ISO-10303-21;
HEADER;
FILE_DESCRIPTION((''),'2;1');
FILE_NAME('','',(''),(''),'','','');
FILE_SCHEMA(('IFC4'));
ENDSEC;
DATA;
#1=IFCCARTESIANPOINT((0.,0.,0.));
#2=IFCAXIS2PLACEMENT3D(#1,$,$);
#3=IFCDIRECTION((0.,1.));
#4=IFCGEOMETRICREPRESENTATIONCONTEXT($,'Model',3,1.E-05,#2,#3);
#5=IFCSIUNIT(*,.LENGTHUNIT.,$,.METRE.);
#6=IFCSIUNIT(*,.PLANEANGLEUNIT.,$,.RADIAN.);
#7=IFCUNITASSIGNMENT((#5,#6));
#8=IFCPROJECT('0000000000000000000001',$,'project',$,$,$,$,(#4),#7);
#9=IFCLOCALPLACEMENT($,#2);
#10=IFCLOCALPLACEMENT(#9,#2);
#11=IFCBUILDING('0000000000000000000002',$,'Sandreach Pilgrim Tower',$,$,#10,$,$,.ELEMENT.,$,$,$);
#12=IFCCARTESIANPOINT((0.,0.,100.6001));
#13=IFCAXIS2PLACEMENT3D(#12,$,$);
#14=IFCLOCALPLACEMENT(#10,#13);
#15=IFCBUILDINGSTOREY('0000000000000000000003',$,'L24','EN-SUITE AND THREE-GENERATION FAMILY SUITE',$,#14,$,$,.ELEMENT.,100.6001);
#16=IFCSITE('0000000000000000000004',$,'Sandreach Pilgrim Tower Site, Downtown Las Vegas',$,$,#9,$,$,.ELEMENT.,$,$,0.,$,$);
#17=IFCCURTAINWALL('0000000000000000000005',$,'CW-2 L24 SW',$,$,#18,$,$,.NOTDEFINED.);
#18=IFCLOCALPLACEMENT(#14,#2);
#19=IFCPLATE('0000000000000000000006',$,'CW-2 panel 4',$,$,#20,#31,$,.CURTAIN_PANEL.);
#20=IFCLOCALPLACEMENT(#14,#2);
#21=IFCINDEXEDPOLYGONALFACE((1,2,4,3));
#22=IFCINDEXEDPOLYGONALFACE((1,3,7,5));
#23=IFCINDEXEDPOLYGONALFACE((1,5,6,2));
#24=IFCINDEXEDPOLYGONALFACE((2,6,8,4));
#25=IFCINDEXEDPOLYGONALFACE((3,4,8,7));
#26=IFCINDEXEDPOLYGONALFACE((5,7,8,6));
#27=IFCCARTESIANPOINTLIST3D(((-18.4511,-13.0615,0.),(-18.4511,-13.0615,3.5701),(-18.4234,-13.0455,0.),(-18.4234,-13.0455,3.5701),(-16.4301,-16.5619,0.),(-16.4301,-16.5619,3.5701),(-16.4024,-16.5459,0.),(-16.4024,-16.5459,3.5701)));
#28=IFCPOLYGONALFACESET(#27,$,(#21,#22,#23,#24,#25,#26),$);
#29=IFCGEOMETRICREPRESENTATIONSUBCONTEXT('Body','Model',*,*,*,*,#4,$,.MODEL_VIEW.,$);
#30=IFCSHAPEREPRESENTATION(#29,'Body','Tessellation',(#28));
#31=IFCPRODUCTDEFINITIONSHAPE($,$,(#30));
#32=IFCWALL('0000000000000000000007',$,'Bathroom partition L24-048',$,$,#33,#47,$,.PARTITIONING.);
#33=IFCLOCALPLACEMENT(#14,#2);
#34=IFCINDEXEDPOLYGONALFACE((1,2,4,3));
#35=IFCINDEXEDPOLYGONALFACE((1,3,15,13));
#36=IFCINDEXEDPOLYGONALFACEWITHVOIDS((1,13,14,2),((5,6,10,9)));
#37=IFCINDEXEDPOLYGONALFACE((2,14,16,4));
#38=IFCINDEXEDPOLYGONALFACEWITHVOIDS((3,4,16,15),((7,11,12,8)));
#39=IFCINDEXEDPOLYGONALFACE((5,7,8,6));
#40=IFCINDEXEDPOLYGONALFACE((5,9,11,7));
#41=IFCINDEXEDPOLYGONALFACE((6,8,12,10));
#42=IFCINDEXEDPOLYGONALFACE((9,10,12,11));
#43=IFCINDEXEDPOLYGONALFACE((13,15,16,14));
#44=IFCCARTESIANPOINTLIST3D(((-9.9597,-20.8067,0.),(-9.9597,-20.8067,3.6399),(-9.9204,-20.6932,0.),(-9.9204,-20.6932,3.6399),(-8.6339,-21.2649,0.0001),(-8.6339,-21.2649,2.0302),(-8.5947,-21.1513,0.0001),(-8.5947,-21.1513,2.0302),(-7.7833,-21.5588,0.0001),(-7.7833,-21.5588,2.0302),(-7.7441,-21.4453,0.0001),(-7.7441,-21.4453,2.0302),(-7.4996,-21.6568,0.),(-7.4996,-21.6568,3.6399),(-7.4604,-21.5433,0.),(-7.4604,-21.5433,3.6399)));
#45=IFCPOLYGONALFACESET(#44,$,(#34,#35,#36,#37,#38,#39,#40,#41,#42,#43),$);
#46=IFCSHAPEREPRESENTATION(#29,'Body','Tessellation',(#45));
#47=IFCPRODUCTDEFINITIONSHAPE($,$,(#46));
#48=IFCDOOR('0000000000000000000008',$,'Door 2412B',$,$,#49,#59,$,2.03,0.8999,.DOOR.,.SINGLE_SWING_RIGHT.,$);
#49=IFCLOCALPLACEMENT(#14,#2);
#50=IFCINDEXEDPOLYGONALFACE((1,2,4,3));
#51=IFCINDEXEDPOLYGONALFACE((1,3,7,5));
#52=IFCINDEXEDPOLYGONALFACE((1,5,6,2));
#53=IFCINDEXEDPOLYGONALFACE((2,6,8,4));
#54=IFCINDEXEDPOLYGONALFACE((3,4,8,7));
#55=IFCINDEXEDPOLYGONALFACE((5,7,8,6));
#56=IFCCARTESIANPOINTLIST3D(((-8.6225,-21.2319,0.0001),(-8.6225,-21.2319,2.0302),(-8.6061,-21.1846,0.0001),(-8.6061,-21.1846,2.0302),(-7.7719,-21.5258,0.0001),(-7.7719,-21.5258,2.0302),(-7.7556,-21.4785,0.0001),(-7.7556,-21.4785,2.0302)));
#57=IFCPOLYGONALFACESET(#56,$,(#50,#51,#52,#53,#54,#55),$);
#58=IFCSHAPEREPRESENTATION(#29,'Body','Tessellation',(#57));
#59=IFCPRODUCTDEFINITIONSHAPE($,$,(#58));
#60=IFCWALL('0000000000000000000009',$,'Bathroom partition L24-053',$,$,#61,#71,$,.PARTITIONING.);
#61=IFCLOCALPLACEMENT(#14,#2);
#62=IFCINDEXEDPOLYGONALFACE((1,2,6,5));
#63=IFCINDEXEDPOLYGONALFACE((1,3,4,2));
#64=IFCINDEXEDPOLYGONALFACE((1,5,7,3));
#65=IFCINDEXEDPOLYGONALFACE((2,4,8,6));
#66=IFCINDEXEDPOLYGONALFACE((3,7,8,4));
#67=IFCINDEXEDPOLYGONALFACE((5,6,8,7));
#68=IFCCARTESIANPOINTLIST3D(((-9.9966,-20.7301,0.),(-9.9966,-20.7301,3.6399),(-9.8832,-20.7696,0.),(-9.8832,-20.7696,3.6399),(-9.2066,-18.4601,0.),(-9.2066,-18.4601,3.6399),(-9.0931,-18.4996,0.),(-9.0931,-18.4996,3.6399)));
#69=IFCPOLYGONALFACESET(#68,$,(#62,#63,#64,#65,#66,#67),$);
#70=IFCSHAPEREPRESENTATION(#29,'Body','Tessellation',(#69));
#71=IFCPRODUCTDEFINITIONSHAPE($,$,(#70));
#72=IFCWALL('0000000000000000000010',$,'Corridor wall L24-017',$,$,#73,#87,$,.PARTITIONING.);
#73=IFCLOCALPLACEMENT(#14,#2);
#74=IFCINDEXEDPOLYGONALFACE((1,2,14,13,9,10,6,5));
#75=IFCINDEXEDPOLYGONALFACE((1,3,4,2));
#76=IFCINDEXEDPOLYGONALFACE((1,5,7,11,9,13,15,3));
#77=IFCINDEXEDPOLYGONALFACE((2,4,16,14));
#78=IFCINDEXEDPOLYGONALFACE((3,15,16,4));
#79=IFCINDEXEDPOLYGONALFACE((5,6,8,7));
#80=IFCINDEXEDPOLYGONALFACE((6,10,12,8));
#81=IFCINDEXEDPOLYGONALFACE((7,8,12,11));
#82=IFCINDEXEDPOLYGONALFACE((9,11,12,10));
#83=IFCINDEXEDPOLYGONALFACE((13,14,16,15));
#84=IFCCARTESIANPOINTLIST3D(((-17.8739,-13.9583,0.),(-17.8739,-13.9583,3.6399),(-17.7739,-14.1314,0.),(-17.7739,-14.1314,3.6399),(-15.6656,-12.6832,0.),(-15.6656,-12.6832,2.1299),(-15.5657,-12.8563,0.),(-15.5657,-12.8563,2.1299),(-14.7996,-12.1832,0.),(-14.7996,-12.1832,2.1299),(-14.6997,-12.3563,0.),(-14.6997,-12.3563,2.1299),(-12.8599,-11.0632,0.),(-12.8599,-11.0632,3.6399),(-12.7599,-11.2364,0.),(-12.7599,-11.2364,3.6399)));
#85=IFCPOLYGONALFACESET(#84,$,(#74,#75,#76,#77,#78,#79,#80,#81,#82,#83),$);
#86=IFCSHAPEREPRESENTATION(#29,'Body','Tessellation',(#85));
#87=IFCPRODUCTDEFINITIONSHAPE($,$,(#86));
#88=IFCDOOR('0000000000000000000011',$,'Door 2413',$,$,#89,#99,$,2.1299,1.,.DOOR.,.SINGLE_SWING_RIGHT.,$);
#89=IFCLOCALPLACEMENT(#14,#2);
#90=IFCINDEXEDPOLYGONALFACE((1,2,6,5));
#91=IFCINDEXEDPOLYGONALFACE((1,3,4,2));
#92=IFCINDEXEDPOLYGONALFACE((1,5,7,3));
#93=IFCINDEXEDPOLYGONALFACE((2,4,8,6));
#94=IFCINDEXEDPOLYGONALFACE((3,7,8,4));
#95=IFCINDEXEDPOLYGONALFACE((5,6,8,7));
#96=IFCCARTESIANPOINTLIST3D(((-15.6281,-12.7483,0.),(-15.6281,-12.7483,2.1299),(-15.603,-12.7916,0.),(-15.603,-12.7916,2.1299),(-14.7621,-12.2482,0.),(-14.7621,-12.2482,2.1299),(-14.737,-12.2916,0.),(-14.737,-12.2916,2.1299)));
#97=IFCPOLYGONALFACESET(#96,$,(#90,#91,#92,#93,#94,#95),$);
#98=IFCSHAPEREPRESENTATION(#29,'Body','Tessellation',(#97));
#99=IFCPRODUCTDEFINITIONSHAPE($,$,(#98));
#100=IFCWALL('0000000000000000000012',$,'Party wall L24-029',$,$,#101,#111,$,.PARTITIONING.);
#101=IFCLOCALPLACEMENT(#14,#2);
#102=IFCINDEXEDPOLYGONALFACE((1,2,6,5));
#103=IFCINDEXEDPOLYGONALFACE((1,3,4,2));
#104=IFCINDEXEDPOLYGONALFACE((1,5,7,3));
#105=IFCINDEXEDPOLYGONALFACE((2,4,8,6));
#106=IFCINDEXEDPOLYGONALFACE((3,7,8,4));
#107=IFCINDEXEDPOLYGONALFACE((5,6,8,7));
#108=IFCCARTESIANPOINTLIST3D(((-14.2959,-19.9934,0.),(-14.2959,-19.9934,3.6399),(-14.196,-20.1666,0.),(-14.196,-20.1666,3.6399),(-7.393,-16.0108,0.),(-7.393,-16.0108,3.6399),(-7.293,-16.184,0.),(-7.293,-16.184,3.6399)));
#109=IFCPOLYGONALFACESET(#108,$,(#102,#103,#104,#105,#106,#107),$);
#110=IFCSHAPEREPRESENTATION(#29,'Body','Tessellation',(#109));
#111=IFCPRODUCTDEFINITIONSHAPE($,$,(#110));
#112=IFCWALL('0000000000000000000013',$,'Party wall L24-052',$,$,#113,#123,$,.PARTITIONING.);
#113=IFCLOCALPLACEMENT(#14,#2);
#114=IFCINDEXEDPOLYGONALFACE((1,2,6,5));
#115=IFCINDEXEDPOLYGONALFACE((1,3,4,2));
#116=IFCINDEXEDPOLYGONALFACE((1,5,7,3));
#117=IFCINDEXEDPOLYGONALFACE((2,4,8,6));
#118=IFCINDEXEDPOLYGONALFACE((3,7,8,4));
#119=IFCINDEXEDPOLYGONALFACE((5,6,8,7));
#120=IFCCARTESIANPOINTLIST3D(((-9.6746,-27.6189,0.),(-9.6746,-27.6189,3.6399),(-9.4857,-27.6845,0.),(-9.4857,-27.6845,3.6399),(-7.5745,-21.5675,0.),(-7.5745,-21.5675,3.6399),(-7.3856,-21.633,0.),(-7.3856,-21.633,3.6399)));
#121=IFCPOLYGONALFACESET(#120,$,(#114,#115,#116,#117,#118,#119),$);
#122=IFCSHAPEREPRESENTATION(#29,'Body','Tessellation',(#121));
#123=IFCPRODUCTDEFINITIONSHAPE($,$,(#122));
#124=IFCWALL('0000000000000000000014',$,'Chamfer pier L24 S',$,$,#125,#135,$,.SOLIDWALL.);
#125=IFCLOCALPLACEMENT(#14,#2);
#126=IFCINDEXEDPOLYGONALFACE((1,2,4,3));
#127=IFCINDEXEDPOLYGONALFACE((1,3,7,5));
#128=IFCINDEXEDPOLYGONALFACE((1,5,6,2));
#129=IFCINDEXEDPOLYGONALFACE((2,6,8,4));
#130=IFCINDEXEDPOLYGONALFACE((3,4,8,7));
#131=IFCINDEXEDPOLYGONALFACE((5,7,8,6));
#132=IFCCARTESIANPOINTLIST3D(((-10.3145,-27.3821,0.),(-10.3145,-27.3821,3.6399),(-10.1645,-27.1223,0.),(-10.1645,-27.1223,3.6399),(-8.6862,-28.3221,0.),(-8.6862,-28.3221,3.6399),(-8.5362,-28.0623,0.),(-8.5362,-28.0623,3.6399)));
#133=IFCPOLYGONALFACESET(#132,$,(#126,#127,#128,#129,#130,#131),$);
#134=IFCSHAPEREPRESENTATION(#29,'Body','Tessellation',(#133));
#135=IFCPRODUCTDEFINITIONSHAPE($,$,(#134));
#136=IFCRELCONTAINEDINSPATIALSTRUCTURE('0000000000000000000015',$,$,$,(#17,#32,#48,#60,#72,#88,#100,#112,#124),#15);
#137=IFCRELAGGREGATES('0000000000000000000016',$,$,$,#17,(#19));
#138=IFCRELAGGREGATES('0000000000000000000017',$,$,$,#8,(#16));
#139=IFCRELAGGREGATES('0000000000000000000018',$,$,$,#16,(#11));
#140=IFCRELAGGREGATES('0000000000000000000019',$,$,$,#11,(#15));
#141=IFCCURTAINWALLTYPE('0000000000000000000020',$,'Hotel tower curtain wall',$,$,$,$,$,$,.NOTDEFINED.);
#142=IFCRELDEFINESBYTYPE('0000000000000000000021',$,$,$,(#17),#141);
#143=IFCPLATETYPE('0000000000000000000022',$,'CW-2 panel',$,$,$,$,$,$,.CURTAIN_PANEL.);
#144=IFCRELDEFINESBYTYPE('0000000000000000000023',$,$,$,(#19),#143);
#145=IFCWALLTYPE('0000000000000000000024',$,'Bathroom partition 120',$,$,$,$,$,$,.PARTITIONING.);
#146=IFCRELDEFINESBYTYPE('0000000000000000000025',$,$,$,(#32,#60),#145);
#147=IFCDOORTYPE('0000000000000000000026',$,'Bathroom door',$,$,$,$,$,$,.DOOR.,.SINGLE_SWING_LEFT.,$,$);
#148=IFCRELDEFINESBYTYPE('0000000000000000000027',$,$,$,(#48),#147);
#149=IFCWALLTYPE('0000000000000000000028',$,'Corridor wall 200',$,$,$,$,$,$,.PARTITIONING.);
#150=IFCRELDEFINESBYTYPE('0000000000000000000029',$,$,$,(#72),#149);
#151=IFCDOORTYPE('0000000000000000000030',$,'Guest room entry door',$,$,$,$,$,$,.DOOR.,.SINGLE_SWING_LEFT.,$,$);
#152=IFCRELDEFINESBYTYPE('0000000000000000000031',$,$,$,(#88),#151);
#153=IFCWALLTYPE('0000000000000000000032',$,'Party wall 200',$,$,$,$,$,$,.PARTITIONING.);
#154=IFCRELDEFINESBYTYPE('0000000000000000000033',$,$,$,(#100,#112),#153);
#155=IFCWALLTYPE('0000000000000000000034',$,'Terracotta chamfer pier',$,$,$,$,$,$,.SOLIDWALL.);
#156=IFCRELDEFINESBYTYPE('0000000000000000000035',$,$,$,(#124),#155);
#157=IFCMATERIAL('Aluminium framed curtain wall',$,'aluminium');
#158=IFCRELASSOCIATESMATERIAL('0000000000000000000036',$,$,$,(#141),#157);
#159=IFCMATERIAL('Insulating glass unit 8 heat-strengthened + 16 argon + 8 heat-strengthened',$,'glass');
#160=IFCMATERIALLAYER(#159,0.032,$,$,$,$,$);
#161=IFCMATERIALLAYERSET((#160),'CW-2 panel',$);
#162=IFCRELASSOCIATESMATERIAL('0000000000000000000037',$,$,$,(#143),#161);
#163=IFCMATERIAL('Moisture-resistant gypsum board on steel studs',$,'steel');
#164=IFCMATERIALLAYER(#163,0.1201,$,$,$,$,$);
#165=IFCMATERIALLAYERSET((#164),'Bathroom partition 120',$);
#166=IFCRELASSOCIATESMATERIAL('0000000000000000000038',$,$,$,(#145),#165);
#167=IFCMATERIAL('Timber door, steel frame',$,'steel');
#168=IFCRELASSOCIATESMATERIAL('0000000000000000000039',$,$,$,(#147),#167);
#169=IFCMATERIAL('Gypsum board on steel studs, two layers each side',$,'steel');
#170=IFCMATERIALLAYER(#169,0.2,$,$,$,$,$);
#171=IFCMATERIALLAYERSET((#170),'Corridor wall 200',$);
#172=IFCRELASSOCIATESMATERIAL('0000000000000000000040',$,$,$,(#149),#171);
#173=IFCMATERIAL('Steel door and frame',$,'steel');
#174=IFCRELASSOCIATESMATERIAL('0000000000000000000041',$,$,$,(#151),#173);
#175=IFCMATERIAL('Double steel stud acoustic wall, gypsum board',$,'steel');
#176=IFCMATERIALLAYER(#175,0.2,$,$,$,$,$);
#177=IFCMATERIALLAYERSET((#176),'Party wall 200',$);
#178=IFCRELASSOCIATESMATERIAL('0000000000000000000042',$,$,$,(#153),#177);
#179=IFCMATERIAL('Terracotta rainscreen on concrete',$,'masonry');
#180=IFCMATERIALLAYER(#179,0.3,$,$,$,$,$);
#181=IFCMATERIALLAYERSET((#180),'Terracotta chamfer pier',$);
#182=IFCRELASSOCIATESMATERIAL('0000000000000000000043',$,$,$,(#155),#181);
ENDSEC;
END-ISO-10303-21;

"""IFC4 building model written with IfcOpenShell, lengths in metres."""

from ifc_helpers import new_model, si_unit, direction, frame, frame_2d, origin, origin_2d, place, context, subcontext, project, spatial, rectangle, extrude, material, layer, layer_set, type_object, element, fill, aggregate, save


model = new_model("IFC4")

# Units and contexts
model_context = context("Model", 3, precision=1e-05, world=origin(), true_north=direction((0.0, 1.0)))
body_context = subcontext(model_context, "Body", "Model", "MODEL_VIEW")
ifc_project = project(units=[si_unit("LENGTHUNIT", "METRE"), si_unit("PLANEANGLEUNIT", "RADIAN")], contexts=[model_context])

# Site, building, storey
site_placement = place(None, origin())
site = spatial("IfcSite", under=ifc_project, at=site_placement, Name="Sandreach Pilgrim Tower Site, Downtown Las Vegas", CompositionType="ELEMENT", RefElevation=0.0)
building_placement = place(site_placement, origin())
building = spatial("IfcBuilding", under=site, at=building_placement, Name="Sandreach Pilgrim Tower", CompositionType="ELEMENT")
storey_placement = place(building_placement, frame((0.0, 0.0, 100.6001)))
storey = spatial("IfcBuildingStorey", under=building, at=storey_placement, Name="L24", Description="EN-SUITE AND THREE-GENERATION FAMILY SUITE", CompositionType="ELEMENT", Elevation=100.6001)

# Curtain wall
ifc_material_1 = material(Name="Aluminium framed curtain wall", Category="aluminium")
curtain_wall_type = type_object("IfcCurtainWallType", Name="Hotel tower curtain wall", PredefinedType="NOTDEFINED", material=ifc_material_1)
curtain_wall_placement = place(storey_placement, origin())
curtain_wall = element("IfcCurtainWall", 1, at=curtain_wall_placement, inside=storey, type_object=curtain_wall_type, Name="CW-2 L24 SW", PredefinedType="NOTDEFINED")

# Plate
ifc_material_2 = material(Name="Insulating glass unit 8 heat-strengthened + 16 argon + 8 heat-strengthened", Category="glass")
ifc_layer_1 = layer(ifc_material_2, 0.032)
ifc_layer_set_1 = layer_set([ifc_layer_1], Name="CW-2 panel")
plate_type = type_object("IfcPlateType", Name="CW-2 panel", PredefinedType="CURTAIN_PANEL", material=ifc_layer_set_1)
plate_1_placement = place(storey_placement, frame((-17.4268, -14.8037, 0.0), z_axis=(0.0, 0.0, 1.0), x_axis=(-0.5, 0.866025, 0.0)))
plate_1 = element("IfcPlate", 2, at=plate_1_placement, type_object=plate_type, Name="CW-2 panel 4", PredefinedType="CURTAIN_PANEL", context=body_context, shape_type="SweptSolid", body=[
    extrude(rectangle(XDim=4.042, YDim=0.032, at=origin_2d()), origin(), (0.0, 0.0, 1.0), 3.5701),
])
aggregate(curtain_wall, [plate_1])

# Wall, opening, door
ifc_material_3 = material(Name="Moisture-resistant gypsum board on steel studs", Category="steel")
ifc_layer_2 = layer(ifc_material_3, 0.1201)
ifc_layer_set_2 = layer_set([ifc_layer_2], Name="Bathroom partition 120")
wall_type_1 = type_object("IfcWallType", Name="Bathroom partition 120", PredefinedType="PARTITIONING", material=ifc_layer_set_2)
wall_1_placement = place(storey_placement, frame((-9.9399, -20.75, 0.0), z_axis=(0.0, 0.0, 1.0), x_axis=(0.945155, -0.326621, 0.0)))
wall_1 = element("IfcWall", 3, at=wall_1_placement, inside=storey, type_object=wall_type_1, Name="Bathroom partition L24-048", PredefinedType="PARTITIONING", context=body_context, shape_type="SweptSolid", body=[
    extrude(rectangle(XDim=2.6028, YDim=0.1201, at=frame_2d((1.3013, 0.0))), origin(), (0.0, 0.0, 1.0), 3.6399),
])
opening_1_placement = place(wall_1_placement, frame((1.4026, 0.0, 0.0)))
opening_1 = element("IfcOpeningElement", 4, at=opening_1_placement, cuts=wall_1, PredefinedType="OPENING", context=body_context, shape_type="SweptSolid", body=[
    extrude(rectangle(XDim=0.8999, YDim=2.03, at=frame_2d((0.45, 1.0151))), frame((0.0, 0.0601, 0.0), z_axis=(0.0, -1.0, 0.0), x_axis=(1.0, 0.0, 0.0)), (0.0, 0.0, 1.0), 0.1201),
])
ifc_material_4 = material(Name="Timber door, steel frame", Category="steel")
door_type_1 = type_object("IfcDoorType", Name="Bathroom door", OperationType="SINGLE_SWING_LEFT", PredefinedType="DOOR", material=ifc_material_4)
door_1_placement = place(opening_1_placement, origin())
door_1 = element("IfcDoor", 5, at=door_1_placement, inside=storey, type_object=door_type_1, Name="Door 2412B", OperationType="SINGLE_SWING_RIGHT", OverallHeight=2.03, OverallWidth=0.8999, PredefinedType="DOOR", context=body_context, shape_type="SweptSolid", body=[
    extrude(rectangle(XDim=0.8999, YDim=2.03, at=frame_2d((0.45, 1.0151))), frame((0.0, 0.0249, 0.0), z_axis=(0.0, -1.0, 0.0), x_axis=(1.0, 0.0, 0.0)), (0.0, 0.0, 1.0), 0.05),
])
fill(opening_1, door_1)

# Wall
wall_2_placement = place(storey_placement, frame((-9.1499, -18.48, 0.0), z_axis=(0.0, 0.0, 1.0), x_axis=(-0.328694, -0.944436, 0.0)))
element("IfcWall", 6, at=wall_2_placement, inside=storey, type_object=wall_type_1, Name="Bathroom partition L24-053", PredefinedType="PARTITIONING", context=body_context, shape_type="SweptSolid", body=[
    extrude(rectangle(XDim=2.4036, YDim=0.1201, at=frame_2d((1.2017, 0.0))), origin(), (0.0, 0.0, 1.0), 3.6399),
])

# Wall, opening, door
ifc_material_5 = material(Name="Gypsum board on steel studs, two layers each side", Category="steel")
ifc_layer_3 = layer(ifc_material_5, 0.2)
ifc_layer_set_3 = layer_set([ifc_layer_3], Name="Corridor wall 200")
wall_type_2 = type_object("IfcWallType", Name="Corridor wall 200", PredefinedType="PARTITIONING", material=ifc_layer_set_3)
wall_3_placement = place(storey_placement, frame((-17.824, -14.0449, 0.0), z_axis=(0.0, 0.0, 1.0), x_axis=(0.866008, 0.50003, 0.0)))
wall_3 = element("IfcWall", 7, at=wall_3_placement, inside=storey, type_object=wall_type_2, Name="Corridor wall L24-017", PredefinedType="PARTITIONING", context=body_context, shape_type="SweptSolid", body=[
    extrude(rectangle(XDim=5.7898, YDim=0.2, at=frame_2d((2.895, 0.0))), origin(), (0.0, 0.0, 1.0), 3.6399),
])
opening_2_placement = place(wall_3_placement, frame((2.55, 0.0, 0.0)))
opening_2 = element("IfcOpeningElement", 8, at=opening_2_placement, cuts=wall_3, PredefinedType="OPENING", context=body_context, shape_type="SweptSolid", body=[
    extrude(rectangle(XDim=1.0, YDim=2.1299, at=frame_2d((0.5, 1.0649))), frame((0.0, 0.1001, 0.0), z_axis=(0.0, -1.0, 0.0), x_axis=(1.0, 0.0, 0.0)), (0.0, 0.0, 1.0), 0.2),
])
ifc_material_6 = material(Name="Steel door and frame", Category="steel")
door_type_2 = type_object("IfcDoorType", Name="Guest room entry door", OperationType="SINGLE_SWING_LEFT", PredefinedType="DOOR", material=ifc_material_6)
door_2_placement = place(opening_2_placement, origin())
door_2 = element("IfcDoor", 9, at=door_2_placement, inside=storey, type_object=door_type_2, Name="Door 2413", OperationType="SINGLE_SWING_RIGHT", OverallHeight=2.1299, OverallWidth=1.0, PredefinedType="DOOR", context=body_context, shape_type="SweptSolid", body=[
    extrude(rectangle(XDim=1.0, YDim=2.1299, at=frame_2d((0.5, 1.0649))), frame((0.0, 0.0249, 0.0), z_axis=(0.0, -1.0, 0.0), x_axis=(1.0, 0.0, 0.0)), (0.0, 0.0, 1.0), 0.05),
])
fill(opening_2, door_2)

# Walls
ifc_material_7 = material(Name="Double steel stud acoustic wall, gypsum board", Category="steel")
ifc_layer_4 = layer(ifc_material_7, 0.2)
ifc_layer_set_4 = layer_set([ifc_layer_4], Name="Party wall 200")
wall_type_3 = type_object("IfcWallType", Name="Party wall 200", PredefinedType="PARTITIONING", material=ifc_layer_set_4)
wall_4_placement = place(storey_placement, frame((-14.2461, -20.0801, 0.0), z_axis=(0.0, 0.0, 1.0), x_axis=(0.866179, 0.499734, 0.0)))
element("IfcWall", 10, at=wall_4_placement, inside=storey, type_object=wall_type_3, Name="Party wall L24-029", PredefinedType="PARTITIONING", context=body_context, shape_type="SweptSolid", body=[
    extrude(rectangle(XDim=7.9695, YDim=0.2, at=frame_2d((3.9849, 0.0))), origin(), (0.0, 0.0, 1.0), 3.6399),
])
wall_5_placement = place(storey_placement, frame((-9.5801, -27.6516, 0.0), z_axis=(0.0, 0.0, 1.0), x_axis=(0.327855, 0.944728, 0.0)))
element("IfcWall", 11, at=wall_5_placement, inside=storey, type_object=wall_type_3, Name="Party wall L24-052", PredefinedType="PARTITIONING", context=body_context, shape_type="SweptSolid", body=[
    extrude(rectangle(XDim=6.4055, YDim=0.2, at=frame_2d((3.2026, 0.0))), origin(), (0.0, 0.0, 1.0), 3.6399),
])
ifc_material_8 = material(Name="Terracotta rainscreen on concrete", Category="masonry")
ifc_layer_5 = layer(ifc_material_8, 0.3)
ifc_layer_set_5 = layer_set([ifc_layer_5], Name="Terracotta chamfer pier")
wall_type_4 = type_object("IfcWallType", Name="Terracotta chamfer pier", PredefinedType="SOLIDWALL", material=ifc_layer_set_5)
wall_6_placement = place(storey_placement, frame((-8.6113, -28.1921, 0.0), z_axis=(0.0, 0.0, 1.0), x_axis=(-0.866045, 0.499966, 0.0)))
element("IfcWall", 12, at=wall_6_placement, inside=storey, type_object=wall_type_4, Name="Chamfer pier L24 S", PredefinedType="SOLIDWALL", context=body_context, shape_type="SweptSolid", body=[
    extrude(rectangle(XDim=1.8801, YDim=0.3, at=frame_2d((0.9399, 0.0))), origin(), (0.0, 0.0, 1.0), 3.6399),
])

save(model, "model.ifc")
